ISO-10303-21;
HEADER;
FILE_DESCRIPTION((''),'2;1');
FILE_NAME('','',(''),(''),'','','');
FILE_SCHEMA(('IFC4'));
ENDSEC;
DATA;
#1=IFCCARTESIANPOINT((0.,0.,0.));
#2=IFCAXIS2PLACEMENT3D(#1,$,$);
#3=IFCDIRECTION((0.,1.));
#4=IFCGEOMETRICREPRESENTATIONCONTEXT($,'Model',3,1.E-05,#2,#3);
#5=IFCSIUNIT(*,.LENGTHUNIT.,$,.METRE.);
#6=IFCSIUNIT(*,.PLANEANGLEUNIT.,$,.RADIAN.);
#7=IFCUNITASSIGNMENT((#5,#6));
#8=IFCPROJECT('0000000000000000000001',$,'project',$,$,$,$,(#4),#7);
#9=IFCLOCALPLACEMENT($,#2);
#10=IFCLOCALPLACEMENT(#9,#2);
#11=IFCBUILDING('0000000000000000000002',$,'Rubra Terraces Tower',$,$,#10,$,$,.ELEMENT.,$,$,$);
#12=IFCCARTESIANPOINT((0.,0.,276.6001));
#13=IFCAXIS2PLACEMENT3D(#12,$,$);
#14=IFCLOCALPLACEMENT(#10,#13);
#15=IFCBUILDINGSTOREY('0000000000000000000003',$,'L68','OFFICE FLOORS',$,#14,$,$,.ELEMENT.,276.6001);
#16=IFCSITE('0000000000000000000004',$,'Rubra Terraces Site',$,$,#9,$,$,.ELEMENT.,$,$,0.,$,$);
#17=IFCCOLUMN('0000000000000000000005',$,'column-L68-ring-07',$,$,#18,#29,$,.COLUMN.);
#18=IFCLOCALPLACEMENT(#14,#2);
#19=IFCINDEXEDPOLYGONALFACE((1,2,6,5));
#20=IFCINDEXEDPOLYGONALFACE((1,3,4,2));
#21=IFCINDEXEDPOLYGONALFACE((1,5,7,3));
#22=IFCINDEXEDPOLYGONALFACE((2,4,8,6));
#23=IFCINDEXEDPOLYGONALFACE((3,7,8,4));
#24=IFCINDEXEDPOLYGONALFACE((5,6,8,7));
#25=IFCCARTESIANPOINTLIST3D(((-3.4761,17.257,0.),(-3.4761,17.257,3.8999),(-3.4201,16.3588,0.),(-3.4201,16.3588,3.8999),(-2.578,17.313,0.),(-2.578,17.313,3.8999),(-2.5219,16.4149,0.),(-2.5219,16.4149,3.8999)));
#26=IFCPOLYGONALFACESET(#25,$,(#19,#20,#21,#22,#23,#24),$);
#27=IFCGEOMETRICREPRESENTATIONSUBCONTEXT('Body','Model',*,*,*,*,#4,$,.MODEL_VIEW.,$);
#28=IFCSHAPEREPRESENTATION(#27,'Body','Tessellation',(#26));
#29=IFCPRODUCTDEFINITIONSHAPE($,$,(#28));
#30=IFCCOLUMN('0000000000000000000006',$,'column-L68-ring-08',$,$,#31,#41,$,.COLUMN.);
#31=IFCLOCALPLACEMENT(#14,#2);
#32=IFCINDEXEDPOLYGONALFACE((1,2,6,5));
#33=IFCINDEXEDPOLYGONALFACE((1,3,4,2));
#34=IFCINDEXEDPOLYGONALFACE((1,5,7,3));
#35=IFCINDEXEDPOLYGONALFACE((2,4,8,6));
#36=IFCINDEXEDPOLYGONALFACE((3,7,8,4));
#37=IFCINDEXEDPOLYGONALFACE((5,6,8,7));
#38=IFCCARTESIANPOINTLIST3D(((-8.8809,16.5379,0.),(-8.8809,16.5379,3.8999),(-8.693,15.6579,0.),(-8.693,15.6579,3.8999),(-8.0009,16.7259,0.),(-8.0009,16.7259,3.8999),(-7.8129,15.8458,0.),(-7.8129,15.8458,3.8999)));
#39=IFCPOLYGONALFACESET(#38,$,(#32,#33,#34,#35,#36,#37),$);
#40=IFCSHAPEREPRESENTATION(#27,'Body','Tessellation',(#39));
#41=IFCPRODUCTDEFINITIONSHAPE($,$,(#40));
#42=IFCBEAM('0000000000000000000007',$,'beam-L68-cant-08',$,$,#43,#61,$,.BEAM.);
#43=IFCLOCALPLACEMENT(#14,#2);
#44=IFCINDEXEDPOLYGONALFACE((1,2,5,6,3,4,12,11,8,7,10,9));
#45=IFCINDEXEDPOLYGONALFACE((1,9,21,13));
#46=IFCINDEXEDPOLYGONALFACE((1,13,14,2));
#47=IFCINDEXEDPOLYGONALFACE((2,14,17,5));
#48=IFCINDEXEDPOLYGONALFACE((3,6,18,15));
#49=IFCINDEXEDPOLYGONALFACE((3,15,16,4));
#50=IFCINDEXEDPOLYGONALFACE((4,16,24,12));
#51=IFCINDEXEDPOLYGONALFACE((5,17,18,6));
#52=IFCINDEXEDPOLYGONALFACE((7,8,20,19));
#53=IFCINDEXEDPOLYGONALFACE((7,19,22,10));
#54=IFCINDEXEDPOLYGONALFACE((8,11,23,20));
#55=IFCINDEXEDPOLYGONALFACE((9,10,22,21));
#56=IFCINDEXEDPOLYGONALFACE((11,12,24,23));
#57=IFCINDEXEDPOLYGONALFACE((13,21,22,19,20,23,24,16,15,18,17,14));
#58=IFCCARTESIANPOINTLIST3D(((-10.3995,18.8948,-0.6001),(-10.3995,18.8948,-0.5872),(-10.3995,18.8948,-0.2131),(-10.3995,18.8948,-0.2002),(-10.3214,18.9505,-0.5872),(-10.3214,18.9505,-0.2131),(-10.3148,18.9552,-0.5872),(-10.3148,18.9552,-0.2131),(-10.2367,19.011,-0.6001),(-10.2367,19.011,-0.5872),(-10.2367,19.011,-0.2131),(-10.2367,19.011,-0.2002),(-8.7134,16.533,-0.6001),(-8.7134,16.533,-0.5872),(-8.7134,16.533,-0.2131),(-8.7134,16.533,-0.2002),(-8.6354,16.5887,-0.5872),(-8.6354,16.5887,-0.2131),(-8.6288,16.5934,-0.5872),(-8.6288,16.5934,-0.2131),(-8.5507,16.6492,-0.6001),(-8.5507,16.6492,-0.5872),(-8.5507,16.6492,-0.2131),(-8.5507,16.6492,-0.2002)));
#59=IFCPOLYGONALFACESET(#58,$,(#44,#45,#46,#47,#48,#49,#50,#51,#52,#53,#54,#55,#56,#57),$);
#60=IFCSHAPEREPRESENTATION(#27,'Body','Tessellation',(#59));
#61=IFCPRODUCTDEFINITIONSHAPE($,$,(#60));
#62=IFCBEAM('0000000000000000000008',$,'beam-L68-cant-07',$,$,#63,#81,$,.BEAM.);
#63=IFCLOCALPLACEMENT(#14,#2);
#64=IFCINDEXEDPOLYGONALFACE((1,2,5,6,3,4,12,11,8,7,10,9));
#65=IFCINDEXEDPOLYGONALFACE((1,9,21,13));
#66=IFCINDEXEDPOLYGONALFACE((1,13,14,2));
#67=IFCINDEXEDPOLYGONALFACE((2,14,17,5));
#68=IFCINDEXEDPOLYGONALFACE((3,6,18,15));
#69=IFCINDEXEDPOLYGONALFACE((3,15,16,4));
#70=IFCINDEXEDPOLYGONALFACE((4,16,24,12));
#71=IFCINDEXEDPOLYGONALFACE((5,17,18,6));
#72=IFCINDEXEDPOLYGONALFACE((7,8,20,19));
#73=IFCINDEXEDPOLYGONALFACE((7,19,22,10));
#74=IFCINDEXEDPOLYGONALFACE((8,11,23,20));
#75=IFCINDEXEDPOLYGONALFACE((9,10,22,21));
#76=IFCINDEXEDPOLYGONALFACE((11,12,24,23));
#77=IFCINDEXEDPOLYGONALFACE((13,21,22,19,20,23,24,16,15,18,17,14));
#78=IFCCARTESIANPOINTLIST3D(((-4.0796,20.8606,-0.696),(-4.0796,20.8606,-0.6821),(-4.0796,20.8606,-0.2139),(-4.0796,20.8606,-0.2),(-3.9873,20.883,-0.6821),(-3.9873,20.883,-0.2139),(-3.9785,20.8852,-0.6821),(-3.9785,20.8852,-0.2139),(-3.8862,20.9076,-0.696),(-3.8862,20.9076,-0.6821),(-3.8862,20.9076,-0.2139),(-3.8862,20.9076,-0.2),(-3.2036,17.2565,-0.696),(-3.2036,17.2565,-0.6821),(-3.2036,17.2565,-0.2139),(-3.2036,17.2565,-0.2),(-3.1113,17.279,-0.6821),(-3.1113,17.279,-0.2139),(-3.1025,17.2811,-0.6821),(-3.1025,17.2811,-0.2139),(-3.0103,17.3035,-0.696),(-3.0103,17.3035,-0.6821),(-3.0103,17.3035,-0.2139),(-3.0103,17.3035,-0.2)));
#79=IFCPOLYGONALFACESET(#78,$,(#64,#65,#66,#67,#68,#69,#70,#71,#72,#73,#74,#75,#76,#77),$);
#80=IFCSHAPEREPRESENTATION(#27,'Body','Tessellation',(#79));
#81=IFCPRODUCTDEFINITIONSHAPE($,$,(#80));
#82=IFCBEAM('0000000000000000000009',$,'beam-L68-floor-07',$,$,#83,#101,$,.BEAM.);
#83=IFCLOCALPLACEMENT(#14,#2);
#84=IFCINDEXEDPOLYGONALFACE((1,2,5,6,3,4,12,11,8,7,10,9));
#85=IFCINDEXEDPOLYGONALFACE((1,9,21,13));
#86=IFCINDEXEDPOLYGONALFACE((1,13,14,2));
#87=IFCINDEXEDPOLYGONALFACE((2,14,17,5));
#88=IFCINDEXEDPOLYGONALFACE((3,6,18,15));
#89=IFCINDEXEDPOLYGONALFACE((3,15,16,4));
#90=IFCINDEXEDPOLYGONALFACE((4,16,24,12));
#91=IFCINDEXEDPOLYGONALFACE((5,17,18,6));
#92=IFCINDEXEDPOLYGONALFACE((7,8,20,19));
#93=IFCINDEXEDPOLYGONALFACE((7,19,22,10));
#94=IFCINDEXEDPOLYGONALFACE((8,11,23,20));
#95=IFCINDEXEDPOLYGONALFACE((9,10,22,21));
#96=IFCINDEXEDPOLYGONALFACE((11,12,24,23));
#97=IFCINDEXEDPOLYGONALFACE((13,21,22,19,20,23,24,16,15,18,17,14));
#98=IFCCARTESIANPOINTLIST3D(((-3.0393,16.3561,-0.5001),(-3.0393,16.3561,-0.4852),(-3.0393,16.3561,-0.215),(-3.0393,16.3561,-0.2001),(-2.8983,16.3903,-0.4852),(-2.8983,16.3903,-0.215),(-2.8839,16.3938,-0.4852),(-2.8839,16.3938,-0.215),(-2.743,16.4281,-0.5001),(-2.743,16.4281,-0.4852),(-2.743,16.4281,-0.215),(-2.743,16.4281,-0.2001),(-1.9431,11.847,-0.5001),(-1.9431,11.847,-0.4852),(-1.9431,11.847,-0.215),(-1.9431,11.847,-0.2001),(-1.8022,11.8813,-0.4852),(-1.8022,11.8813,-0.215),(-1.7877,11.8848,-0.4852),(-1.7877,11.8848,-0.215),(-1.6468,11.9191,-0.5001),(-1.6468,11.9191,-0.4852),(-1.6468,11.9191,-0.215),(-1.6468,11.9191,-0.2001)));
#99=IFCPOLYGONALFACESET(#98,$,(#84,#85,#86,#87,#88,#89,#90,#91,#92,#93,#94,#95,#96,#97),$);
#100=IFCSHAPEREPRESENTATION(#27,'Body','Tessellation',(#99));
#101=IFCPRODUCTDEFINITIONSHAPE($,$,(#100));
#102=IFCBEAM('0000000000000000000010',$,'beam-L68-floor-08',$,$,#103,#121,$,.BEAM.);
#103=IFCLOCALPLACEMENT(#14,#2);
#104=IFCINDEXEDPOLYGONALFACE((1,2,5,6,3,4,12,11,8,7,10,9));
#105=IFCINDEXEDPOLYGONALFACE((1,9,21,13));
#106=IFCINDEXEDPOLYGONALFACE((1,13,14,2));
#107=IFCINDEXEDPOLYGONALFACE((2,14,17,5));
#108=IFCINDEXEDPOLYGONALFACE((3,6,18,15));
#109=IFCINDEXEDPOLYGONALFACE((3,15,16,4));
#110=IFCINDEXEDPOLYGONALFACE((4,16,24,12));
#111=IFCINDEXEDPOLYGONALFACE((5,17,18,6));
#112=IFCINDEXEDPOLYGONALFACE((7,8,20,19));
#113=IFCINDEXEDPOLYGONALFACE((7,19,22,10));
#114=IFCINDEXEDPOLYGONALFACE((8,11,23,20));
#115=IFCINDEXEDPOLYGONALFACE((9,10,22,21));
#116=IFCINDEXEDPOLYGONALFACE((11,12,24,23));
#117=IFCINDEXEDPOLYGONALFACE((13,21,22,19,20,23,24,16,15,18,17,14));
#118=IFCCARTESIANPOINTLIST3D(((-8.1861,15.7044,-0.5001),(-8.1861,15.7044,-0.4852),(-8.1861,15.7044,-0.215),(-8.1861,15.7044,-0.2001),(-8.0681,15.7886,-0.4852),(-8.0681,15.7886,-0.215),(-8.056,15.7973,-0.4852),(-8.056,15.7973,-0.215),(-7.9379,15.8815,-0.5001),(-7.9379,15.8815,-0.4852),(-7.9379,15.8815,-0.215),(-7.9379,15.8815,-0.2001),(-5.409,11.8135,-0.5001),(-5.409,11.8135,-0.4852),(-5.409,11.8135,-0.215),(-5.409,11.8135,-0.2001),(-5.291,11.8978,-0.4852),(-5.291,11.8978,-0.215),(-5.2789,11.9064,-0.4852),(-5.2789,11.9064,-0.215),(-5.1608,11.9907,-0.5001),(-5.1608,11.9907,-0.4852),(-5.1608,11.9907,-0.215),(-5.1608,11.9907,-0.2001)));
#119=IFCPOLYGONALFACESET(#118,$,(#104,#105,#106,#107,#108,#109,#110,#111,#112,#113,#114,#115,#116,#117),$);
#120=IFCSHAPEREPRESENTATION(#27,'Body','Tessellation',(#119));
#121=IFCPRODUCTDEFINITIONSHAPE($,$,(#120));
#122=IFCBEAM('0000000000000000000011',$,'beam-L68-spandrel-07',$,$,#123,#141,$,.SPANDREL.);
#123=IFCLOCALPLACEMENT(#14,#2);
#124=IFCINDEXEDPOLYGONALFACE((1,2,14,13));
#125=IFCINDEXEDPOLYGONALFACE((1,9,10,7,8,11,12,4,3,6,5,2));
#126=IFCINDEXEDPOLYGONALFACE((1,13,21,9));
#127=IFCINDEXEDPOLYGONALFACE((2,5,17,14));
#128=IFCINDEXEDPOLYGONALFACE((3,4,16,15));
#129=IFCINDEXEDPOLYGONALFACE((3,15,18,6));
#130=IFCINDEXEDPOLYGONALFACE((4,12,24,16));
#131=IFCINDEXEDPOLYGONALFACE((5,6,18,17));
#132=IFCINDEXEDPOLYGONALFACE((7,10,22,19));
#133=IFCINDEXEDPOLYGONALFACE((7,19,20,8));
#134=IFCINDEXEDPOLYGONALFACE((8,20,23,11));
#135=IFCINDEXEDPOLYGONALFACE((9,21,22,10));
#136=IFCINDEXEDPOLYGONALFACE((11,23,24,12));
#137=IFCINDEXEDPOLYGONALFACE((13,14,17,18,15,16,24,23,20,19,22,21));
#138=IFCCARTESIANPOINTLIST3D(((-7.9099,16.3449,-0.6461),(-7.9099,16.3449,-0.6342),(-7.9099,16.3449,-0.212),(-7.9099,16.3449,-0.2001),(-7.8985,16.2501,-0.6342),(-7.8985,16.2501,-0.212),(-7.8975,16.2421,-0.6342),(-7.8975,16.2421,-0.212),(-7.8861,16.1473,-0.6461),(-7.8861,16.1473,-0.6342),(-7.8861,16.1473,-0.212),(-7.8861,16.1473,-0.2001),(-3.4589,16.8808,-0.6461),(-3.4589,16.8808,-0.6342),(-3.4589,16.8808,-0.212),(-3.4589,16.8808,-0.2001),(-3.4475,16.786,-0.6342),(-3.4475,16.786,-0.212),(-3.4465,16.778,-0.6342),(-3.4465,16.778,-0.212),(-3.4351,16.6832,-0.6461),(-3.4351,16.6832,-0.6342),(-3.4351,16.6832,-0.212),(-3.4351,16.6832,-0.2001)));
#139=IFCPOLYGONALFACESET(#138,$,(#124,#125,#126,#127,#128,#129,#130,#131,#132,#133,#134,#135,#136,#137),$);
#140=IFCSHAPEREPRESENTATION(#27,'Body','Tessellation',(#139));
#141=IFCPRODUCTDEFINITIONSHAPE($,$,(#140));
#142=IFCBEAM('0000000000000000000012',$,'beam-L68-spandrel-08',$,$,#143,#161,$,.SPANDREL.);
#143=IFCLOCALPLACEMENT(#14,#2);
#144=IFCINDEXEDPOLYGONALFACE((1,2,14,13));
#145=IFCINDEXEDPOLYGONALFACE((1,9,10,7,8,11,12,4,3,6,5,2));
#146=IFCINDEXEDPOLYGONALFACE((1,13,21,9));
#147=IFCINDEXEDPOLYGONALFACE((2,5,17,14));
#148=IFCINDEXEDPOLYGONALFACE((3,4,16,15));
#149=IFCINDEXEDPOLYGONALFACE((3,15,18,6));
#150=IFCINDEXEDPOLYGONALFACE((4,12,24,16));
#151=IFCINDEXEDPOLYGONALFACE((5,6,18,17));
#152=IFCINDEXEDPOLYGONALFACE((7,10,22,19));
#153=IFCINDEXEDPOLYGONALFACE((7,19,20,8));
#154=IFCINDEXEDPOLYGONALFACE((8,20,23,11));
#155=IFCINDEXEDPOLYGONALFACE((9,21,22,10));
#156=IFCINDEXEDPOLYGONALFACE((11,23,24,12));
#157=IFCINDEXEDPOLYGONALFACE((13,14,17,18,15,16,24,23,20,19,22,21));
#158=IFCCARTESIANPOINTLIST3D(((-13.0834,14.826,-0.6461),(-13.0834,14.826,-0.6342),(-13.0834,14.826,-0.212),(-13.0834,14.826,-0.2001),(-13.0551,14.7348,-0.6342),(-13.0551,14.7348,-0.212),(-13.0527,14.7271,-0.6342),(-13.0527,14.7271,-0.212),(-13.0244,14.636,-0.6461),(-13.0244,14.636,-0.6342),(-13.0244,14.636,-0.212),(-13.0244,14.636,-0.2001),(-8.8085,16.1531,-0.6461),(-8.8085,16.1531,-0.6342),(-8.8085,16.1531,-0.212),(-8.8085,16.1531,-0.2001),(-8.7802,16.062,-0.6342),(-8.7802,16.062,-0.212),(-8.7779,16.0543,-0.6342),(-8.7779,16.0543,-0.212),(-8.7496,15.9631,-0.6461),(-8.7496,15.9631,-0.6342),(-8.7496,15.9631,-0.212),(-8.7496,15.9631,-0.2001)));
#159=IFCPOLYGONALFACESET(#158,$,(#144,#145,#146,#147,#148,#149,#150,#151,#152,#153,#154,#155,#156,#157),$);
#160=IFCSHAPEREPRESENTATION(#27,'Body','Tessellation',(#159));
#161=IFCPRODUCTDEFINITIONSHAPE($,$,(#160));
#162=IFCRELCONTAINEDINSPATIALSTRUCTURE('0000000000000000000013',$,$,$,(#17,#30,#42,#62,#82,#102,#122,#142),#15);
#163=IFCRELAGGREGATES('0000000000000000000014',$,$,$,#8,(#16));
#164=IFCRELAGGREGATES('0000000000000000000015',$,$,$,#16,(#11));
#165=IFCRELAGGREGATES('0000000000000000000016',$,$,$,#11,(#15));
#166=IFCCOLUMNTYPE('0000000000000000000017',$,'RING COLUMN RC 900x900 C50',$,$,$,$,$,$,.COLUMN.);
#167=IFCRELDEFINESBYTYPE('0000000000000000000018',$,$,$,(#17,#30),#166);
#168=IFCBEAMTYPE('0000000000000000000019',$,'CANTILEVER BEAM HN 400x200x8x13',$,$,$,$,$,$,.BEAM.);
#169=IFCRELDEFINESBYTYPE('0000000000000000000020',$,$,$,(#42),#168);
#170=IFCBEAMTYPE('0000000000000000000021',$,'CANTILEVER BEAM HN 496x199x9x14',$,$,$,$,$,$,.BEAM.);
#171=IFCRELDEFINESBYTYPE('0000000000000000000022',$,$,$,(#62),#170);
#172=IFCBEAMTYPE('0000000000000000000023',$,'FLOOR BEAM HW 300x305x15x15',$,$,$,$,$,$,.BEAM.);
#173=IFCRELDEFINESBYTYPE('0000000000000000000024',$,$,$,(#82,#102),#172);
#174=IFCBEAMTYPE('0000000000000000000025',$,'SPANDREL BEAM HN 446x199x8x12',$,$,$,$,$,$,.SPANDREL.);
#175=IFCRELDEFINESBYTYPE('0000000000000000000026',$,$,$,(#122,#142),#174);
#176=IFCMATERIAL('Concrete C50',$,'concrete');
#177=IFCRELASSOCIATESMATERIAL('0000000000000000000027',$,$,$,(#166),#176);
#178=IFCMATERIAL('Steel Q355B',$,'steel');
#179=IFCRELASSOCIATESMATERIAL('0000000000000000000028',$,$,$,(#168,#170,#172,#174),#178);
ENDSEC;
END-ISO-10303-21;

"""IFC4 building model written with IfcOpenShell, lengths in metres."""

from ifc_helpers import new_model, si_unit, direction, frame, origin, origin_2d, place, context, subcontext, project, spatial, rectangle, i_section, extrude, material, material_profile, profile_set, type_object, element, save


model = new_model("IFC4")

# Units and contexts
model_context = context("Model", 3, precision=1e-05, world=origin(), true_north=direction((0.0, 1.0)))
body_context = subcontext(model_context, "Body", "Model", "MODEL_VIEW")
ifc_project = project(units=[si_unit("LENGTHUNIT", "METRE"), si_unit("PLANEANGLEUNIT", "RADIAN")], contexts=[model_context])

# Site, building, storey
site_placement = place(None, origin())
site = spatial("IfcSite", under=ifc_project, at=site_placement, Name="Rubra Terraces Site", CompositionType="ELEMENT", RefElevation=0.0)
building_placement = place(site_placement, origin())
building = spatial("IfcBuilding", under=site, at=building_placement, Name="Rubra Terraces Tower", CompositionType="ELEMENT")
storey_placement = place(building_placement, frame((0.0, 0.0, 276.6001)))
storey = spatial("IfcBuildingStorey", under=building, at=storey_placement, Name="L68", Description="OFFICE FLOORS", CompositionType="ELEMENT", Elevation=276.6001)

# Columns
ifc_material_1 = material(Name="Concrete C50", Category="concrete")
ifc_material_profile_1 = material_profile(ifc_material_1, rectangle(XDim=0.8999, YDim=0.8999, at=origin_2d()), Name="RC 900x900")
ifc_profile_set_1 = profile_set([ifc_material_profile_1], Name="Concrete C50")
column_type = type_object("IfcColumnType", Name="RING COLUMN RC 900x900 C50", PredefinedType="COLUMN", material=ifc_profile_set_1)
for number, where, z_axis, x_axis, name in (
    (1, (-2.999, 16.8359, 0.0), (0.0, 0.0, 1.0), (-0.998059, -0.062268, 0.0), "column-L68-ring-07"),
    (2, (-8.3469, 16.1919, 0.0), (0.0, 0.0, 1.0), (-0.977944, -0.208867, 0.0), "column-L68-ring-08"),
):
    element("IfcColumn", number, at=place(storey_placement, frame(where, z_axis=z_axis, x_axis=x_axis)), inside=storey, type_object=column_type, Name=name, PredefinedType="COLUMN", context=body_context, shape_type="SweptSolid", body=[
        extrude(rectangle(XDim=0.8999, YDim=0.8999, at=origin_2d()), origin(), (0.0, 0.0, 1.0), 3.8999),
    ])

# Beams
ifc_material_2 = material(Name="Steel Q355B", Category="steel")
ifc_material_profile_2 = material_profile(ifc_material_2, i_section(OverallWidth=0.2, OverallDepth=0.3999, WebThickness=0.0081, FlangeThickness=0.0129, at=origin_2d()), Name="HN 400x200x8x13")
ifc_profile_set_2 = profile_set([ifc_material_profile_2], Name="Steel Q355B")
beam_type_1 = type_object("IfcBeamType", Name="CANTILEVER BEAM HN 400x200x8x13", PredefinedType="BEAM", material=ifc_profile_set_2)
beam_1_placement = place(storey_placement, frame((-8.6321, 16.5911, -0.4001), z_axis=(-0.581015, 0.813893, 0.0), x_axis=(-0.813893, -0.581015, 0.0)))
element("IfcBeam", 3, at=beam_1_placement, inside=storey, type_object=beam_type_1, Name="beam-L68-cant-08", PredefinedType="BEAM", context=body_context, shape_type="SweptSolid", body=[
    extrude(i_section(OverallWidth=0.2, OverallDepth=0.3999, WebThickness=0.0081, FlangeThickness=0.0129, at=origin_2d()), origin(), (0.0, 0.0, 1.0), 2.9019),
])
ifc_material_profile_3 = material_profile(ifc_material_2, i_section(OverallWidth=0.199, OverallDepth=0.4961, WebThickness=0.009, FlangeThickness=0.0139, at=origin_2d()), Name="HN 496x199x9x14")
ifc_profile_set_3 = profile_set([ifc_material_profile_3], Name="Steel Q355B")
beam_type_2 = type_object("IfcBeamType", Name="CANTILEVER BEAM HN 496x199x9x14", PredefinedType="BEAM", material=ifc_profile_set_3)
beam_2_placement = place(storey_placement, frame((-3.1069, 17.28, -0.448), z_axis=(-0.23618, 0.971709, 0.0), x_axis=(-0.971709, -0.23618, 0.0)))
element("IfcBeam", 4, at=beam_2_placement, inside=storey, type_object=beam_type_2, Name="beam-L68-cant-07", PredefinedType="BEAM", context=body_context, shape_type="SweptSolid", body=[
    extrude(i_section(OverallWidth=0.199, OverallDepth=0.4961, WebThickness=0.009, FlangeThickness=0.0139, at=origin_2d()), origin(), (0.0, 0.0, 1.0), 3.709),
])
ifc_material_profile_4 = material_profile(ifc_material_2, i_section(OverallWidth=0.3049, OverallDepth=0.3, WebThickness=0.0149, FlangeThickness=0.0149, at=origin_2d()), Name="HW 300x305x15x15")
ifc_profile_set_4 = profile_set([ifc_material_profile_4], Name="Steel Q355B")
beam_type_3 = type_object("IfcBeamType", Name="FLOOR BEAM HW 300x305x15x15", PredefinedType="BEAM", material=ifc_profile_set_4)
beam_3_placement = place(storey_placement, frame((-2.8911, 16.3921, -0.3501), z_axis=(0.236229, -0.971697, 0.0), x_axis=(0.971697, 0.236229, 0.0)))
element("IfcBeam", 5, at=beam_3_placement, inside=storey, type_object=beam_type_3, Name="beam-L68-floor-07", PredefinedType="BEAM", context=body_context, shape_type="SweptSolid", body=[
    extrude(i_section(OverallWidth=0.3049, OverallDepth=0.3, WebThickness=0.0149, FlangeThickness=0.0149, at=origin_2d()), origin(), (0.0, 0.0, 1.0), 4.6404),
])
beam_4_placement = place(storey_placement, frame((-8.062, 15.793, -0.3501), z_axis=(0.580948, -0.81394, 0.0), x_axis=(0.81394, 0.580948, 0.0)))
element("IfcBeam", 6, at=beam_4_placement, inside=storey, type_object=beam_type_3, Name="beam-L68-floor-08", PredefinedType="BEAM", context=body_context, shape_type="SweptSolid", body=[
    extrude(i_section(OverallWidth=0.3049, OverallDepth=0.3, WebThickness=0.0149, FlangeThickness=0.0149, at=origin_2d()), origin(), (0.0, 0.0, 1.0), 4.7803),
])
ifc_material_profile_5 = material_profile(ifc_material_2, i_section(OverallWidth=0.199, OverallDepth=0.446, WebThickness=0.0081, FlangeThickness=0.012, at=origin_2d()), Name="HN 446x199x8x12")
ifc_profile_set_5 = profile_set([ifc_material_profile_5], Name="Steel Q355B")
beam_type_4 = type_object("IfcBeamType", Name="SPANDREL BEAM HN 446x199x8x12", PredefinedType="SPANDREL", material=ifc_profile_set_5)
beam_5_placement = place(storey_placement, frame((-3.447, 16.782, -0.4231), z_axis=(-0.99283, -0.119536, 0.0), x_axis=(0.119536, -0.99283, 0.0)))
element("IfcBeam", 7, at=beam_5_placement, inside=storey, type_object=beam_type_4, Name="beam-L68-spandrel-07", PredefinedType="SPANDREL", context=body_context, shape_type="SweptSolid", body=[
    extrude(i_section(OverallWidth=0.199, OverallDepth=0.446, WebThickness=0.0081, FlangeThickness=0.012, at=origin_2d()), origin(), (0.0, 0.0, 1.0), 4.4832),
])
beam_6_placement = place(storey_placement, frame((-8.7791, 16.0581, -0.4231), z_axis=(-0.955035, -0.296492, 0.0), x_axis=(0.296492, -0.955035, 0.0)))
element("IfcBeam", 8, at=beam_6_placement, inside=storey, type_object=beam_type_4, Name="beam-L68-spandrel-08", PredefinedType="SPANDREL", context=body_context, shape_type="SweptSolid", body=[
    extrude(i_section(OverallWidth=0.199, OverallDepth=0.446, WebThickness=0.0081, FlangeThickness=0.012, at=origin_2d()), origin(), (0.0, 0.0, 1.0), 4.4761),
])

save(model, "model.ifc")
